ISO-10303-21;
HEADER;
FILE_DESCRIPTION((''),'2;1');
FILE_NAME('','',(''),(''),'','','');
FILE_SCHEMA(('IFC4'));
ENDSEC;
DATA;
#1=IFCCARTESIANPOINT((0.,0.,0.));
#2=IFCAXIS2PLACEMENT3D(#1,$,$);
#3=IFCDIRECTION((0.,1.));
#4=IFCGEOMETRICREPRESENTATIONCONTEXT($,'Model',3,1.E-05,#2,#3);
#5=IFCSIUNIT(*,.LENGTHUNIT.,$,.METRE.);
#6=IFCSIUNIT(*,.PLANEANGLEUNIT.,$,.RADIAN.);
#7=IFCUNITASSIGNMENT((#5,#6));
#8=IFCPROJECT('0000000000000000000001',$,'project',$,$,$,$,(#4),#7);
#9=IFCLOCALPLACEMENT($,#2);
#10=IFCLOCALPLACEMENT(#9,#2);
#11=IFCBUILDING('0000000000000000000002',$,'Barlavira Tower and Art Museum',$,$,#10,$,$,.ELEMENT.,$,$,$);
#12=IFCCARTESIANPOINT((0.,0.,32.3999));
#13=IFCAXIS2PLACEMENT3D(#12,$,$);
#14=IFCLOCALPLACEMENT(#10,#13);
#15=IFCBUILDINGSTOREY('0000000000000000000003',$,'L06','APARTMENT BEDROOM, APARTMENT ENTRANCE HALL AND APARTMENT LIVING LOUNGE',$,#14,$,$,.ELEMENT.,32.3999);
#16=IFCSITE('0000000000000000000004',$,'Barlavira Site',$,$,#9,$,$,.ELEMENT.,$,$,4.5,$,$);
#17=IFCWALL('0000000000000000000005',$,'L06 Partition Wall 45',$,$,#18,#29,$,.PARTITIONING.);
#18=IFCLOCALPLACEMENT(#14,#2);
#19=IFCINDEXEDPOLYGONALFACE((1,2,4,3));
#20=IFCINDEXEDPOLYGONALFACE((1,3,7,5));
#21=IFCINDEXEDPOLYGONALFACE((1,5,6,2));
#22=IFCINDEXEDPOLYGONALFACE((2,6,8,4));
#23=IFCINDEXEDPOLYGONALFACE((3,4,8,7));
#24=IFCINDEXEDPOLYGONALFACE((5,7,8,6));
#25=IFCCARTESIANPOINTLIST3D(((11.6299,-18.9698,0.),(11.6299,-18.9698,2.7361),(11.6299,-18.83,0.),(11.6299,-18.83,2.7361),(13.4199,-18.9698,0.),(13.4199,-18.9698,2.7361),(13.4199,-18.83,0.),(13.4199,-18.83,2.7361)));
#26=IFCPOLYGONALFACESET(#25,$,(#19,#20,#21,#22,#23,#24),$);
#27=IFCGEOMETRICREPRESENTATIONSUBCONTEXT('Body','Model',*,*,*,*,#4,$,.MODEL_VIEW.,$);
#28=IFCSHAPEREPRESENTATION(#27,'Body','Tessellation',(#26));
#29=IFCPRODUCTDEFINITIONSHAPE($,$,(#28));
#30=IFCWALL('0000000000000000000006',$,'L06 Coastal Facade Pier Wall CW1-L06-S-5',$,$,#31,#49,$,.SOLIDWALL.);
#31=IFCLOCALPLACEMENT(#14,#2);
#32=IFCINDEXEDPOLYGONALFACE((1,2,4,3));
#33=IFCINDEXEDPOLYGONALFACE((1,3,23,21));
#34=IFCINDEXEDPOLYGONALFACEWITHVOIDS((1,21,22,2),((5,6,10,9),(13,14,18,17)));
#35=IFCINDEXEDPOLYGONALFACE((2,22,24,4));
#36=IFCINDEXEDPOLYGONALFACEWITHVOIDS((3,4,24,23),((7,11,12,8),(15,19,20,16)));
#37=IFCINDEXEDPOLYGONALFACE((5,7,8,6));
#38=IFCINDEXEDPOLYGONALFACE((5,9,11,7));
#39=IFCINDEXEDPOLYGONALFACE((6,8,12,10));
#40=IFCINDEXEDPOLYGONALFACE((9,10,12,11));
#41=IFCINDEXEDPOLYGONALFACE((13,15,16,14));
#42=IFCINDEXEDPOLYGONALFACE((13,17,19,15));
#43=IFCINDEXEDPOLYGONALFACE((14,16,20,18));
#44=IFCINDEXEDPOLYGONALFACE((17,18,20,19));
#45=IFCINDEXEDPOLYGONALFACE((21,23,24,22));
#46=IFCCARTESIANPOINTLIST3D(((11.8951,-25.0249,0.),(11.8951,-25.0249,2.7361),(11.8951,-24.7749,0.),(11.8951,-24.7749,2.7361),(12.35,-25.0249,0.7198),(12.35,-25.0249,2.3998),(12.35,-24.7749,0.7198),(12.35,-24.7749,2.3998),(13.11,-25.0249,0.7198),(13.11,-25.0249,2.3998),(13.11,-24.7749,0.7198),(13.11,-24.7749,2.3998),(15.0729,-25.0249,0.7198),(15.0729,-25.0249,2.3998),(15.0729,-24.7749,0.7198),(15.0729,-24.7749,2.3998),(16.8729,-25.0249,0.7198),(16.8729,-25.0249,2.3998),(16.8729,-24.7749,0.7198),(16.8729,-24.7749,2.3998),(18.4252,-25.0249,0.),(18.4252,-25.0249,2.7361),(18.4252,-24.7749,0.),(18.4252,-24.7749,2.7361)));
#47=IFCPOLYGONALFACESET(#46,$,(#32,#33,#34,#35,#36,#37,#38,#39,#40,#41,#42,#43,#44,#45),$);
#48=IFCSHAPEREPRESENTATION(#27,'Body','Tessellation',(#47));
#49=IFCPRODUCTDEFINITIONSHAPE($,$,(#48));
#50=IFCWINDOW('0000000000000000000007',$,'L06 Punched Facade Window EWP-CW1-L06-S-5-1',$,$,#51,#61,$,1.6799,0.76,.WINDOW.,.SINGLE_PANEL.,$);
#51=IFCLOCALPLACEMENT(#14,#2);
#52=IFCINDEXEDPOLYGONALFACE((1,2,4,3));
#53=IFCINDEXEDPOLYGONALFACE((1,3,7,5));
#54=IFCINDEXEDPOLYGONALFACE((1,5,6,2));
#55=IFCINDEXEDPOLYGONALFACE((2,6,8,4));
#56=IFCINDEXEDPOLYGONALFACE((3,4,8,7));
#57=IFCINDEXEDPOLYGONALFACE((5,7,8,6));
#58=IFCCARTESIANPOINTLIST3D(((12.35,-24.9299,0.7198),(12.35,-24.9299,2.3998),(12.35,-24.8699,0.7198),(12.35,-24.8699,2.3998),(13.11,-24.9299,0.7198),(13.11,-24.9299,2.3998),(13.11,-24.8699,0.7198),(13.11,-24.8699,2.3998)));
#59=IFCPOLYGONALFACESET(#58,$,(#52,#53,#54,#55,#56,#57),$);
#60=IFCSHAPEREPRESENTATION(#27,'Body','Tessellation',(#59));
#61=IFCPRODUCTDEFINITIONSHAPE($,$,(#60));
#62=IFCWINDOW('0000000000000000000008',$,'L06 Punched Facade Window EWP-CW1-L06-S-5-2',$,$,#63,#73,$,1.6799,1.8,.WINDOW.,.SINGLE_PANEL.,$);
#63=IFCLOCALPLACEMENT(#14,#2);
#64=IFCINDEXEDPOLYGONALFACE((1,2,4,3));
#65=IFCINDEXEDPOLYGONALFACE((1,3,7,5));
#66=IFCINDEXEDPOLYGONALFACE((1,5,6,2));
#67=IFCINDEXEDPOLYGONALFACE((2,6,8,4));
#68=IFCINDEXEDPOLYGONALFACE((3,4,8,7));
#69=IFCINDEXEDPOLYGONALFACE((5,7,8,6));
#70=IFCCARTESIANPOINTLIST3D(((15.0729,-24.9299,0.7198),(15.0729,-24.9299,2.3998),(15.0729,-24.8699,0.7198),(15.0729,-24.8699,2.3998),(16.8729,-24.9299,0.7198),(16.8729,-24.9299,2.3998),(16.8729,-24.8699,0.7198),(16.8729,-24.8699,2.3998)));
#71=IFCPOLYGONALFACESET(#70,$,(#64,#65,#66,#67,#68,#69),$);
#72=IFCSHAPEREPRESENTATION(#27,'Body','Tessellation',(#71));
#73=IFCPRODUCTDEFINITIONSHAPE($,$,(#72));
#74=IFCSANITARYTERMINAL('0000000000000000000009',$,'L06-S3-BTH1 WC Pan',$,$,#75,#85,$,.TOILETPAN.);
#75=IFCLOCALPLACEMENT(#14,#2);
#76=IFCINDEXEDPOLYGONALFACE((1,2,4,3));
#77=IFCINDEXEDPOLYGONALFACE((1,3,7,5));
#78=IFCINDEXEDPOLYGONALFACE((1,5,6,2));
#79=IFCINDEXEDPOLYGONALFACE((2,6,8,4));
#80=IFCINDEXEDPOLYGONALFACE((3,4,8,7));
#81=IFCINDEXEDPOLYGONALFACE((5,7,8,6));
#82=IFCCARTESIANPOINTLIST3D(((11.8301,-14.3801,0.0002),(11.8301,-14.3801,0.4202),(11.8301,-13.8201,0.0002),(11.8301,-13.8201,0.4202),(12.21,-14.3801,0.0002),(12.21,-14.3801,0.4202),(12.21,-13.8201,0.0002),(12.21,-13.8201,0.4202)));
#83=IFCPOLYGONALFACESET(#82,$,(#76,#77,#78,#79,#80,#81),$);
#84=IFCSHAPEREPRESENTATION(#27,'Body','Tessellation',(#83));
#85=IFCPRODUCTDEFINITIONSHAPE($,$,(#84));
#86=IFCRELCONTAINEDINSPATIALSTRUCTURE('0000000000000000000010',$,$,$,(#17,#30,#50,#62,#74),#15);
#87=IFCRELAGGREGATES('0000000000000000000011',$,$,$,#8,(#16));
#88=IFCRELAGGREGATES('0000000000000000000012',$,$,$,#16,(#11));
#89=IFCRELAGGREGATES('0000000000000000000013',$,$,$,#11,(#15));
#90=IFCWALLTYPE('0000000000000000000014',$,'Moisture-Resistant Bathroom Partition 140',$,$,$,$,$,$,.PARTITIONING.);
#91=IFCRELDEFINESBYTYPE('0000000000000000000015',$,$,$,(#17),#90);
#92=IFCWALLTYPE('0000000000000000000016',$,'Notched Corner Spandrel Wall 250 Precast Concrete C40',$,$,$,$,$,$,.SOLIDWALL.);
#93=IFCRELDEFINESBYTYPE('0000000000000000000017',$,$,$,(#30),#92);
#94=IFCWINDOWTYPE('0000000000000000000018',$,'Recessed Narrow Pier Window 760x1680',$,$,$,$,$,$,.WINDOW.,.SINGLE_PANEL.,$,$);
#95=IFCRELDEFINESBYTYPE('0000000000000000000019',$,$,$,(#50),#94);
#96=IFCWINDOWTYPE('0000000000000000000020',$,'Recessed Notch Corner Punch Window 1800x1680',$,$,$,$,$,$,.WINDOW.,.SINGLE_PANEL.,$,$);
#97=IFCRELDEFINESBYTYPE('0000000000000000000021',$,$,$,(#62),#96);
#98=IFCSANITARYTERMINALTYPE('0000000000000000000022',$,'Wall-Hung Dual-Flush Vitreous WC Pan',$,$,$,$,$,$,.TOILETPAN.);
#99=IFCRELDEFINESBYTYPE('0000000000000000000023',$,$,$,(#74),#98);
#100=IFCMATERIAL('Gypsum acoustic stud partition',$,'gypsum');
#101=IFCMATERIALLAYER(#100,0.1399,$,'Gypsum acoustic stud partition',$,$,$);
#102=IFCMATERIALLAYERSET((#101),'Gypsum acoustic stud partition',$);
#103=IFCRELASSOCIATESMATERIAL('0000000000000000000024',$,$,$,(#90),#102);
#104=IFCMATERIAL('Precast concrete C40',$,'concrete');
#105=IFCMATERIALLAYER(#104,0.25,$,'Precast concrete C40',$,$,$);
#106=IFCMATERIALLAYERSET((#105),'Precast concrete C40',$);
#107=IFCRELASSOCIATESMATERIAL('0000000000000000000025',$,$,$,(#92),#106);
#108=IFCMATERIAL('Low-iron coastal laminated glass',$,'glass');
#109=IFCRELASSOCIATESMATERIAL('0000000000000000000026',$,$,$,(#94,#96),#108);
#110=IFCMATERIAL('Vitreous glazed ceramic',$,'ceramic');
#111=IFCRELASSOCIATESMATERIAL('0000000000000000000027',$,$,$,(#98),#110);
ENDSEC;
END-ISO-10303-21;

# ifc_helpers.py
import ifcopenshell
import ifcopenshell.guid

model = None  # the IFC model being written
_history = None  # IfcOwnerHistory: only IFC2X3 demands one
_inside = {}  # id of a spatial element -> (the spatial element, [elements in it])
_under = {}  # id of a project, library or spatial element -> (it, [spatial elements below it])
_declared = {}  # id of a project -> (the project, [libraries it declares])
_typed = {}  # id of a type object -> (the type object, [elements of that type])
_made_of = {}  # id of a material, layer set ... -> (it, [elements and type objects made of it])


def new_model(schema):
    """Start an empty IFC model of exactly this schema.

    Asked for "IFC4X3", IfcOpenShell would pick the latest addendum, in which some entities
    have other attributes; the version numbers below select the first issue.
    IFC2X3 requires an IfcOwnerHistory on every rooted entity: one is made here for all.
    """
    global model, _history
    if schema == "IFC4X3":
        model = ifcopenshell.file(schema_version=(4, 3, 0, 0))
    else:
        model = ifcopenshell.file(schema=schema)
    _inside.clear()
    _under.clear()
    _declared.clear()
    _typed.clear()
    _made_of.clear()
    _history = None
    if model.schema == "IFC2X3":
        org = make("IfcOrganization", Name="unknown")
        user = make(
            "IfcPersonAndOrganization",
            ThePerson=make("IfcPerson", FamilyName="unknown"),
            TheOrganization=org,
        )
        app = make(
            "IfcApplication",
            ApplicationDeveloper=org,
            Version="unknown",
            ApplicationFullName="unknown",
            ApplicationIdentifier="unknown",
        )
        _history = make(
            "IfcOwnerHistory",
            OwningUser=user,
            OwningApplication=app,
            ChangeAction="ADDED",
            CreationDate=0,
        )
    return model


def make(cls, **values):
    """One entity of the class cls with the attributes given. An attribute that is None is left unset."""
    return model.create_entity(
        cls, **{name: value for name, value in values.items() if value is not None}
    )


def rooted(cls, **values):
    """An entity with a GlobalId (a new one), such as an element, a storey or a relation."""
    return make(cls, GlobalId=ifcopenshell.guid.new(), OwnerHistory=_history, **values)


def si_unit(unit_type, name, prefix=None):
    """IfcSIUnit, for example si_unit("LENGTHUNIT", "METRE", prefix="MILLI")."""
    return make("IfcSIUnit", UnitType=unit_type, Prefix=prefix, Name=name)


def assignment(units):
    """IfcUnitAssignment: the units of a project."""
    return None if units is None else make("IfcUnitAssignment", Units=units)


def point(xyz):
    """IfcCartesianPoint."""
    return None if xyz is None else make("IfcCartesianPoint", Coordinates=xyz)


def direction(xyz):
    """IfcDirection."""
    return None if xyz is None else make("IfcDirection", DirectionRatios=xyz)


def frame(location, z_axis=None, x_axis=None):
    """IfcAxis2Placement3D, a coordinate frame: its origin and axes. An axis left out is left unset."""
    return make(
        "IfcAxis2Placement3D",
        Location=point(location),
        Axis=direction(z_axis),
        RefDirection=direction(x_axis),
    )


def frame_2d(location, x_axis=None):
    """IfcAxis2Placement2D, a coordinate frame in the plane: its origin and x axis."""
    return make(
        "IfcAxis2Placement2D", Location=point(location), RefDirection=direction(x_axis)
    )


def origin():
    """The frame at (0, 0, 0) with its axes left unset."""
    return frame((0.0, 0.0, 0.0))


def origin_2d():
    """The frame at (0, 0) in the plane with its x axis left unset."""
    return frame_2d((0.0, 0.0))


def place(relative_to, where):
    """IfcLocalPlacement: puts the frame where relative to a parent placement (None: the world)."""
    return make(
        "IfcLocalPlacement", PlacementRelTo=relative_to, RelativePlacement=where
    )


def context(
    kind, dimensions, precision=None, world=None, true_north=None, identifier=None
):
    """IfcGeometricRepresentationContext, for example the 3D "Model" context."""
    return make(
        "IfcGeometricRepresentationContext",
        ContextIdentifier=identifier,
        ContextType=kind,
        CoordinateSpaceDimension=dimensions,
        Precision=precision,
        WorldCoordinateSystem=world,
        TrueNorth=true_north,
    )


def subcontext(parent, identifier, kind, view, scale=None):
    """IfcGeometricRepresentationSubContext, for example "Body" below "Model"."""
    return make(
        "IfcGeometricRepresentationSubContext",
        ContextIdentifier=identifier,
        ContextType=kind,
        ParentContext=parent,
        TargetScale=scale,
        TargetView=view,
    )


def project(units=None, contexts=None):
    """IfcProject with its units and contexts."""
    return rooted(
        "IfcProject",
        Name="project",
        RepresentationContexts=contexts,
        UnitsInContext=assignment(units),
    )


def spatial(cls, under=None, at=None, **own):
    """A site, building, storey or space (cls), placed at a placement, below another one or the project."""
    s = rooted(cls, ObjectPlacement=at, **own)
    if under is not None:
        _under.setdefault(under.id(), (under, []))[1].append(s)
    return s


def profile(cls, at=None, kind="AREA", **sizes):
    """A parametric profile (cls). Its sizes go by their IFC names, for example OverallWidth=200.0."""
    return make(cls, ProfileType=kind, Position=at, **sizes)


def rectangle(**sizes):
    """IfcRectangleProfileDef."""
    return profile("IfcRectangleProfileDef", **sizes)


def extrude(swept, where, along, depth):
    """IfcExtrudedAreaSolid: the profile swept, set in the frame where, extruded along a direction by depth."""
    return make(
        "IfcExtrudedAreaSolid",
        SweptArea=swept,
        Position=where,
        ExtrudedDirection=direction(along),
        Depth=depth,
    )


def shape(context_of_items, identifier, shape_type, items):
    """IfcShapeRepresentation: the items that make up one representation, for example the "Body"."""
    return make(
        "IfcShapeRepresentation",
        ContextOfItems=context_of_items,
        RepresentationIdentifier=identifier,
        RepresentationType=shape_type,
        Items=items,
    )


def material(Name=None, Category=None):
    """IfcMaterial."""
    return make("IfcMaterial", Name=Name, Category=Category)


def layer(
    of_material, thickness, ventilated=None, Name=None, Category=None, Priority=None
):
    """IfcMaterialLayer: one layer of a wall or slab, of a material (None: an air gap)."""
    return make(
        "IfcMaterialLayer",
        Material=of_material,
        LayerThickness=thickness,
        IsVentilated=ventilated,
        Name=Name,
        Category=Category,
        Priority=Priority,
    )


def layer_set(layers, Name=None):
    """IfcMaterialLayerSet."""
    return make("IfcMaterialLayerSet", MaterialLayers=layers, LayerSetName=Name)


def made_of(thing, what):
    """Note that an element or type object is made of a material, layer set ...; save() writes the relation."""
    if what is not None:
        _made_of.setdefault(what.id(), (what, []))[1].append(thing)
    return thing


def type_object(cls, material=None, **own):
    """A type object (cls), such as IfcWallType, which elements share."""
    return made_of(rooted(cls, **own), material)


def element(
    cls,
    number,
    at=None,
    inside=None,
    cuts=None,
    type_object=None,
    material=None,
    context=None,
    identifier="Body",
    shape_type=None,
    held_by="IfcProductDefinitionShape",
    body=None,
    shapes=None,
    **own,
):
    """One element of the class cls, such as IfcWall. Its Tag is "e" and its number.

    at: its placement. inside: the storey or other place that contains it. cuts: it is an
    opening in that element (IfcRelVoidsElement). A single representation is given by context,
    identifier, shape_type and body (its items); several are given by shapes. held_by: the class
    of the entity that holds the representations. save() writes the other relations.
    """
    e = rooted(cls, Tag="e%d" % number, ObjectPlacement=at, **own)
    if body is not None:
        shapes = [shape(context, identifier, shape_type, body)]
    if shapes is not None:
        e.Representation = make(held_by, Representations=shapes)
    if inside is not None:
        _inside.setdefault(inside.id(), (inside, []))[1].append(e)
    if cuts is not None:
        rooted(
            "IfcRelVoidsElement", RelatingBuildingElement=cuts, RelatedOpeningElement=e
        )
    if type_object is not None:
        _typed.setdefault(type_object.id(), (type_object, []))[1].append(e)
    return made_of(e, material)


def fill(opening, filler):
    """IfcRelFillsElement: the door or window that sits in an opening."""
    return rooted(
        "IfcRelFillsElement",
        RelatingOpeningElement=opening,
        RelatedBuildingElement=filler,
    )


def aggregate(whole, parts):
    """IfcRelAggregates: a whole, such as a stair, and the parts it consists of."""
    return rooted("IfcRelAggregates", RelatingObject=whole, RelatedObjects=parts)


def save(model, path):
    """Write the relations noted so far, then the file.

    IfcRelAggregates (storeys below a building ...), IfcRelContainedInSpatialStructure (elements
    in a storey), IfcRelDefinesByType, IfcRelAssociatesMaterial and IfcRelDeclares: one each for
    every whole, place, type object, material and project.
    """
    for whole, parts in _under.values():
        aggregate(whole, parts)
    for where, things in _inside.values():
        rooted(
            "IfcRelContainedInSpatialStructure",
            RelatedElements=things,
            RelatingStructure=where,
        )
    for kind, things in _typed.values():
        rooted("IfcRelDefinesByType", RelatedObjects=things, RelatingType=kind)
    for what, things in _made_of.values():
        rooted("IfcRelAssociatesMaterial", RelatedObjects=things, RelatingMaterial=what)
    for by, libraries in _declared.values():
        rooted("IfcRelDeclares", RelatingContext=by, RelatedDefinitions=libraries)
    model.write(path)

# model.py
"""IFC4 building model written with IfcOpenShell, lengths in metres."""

from ifc_helpers import new_model, si_unit, direction, frame, frame_2d, origin, origin_2d, place, context, subcontext, project, spatial, rectangle, extrude, material, layer, layer_set, type_object, element, fill, save


model = new_model("IFC4")

# Units and contexts
model_context = context("Model", 3, precision=1e-05, world=origin(), true_north=direction((0.0, 1.0)))
body_context = subcontext(model_context, "Body", "Model", "MODEL_VIEW")
ifc_project = project(units=[si_unit("LENGTHUNIT", "METRE"), si_unit("PLANEANGLEUNIT", "RADIAN")], contexts=[model_context])

# Site, building, storey
site_placement = place(None, origin())
site = spatial("IfcSite", under=ifc_project, at=site_placement, Name="Barlavira Site", CompositionType="ELEMENT", RefElevation=4.5)
building_placement = place(site_placement, origin())
building = spatial("IfcBuilding", under=site, at=building_placement, Name="Barlavira Tower and Art Museum", CompositionType="ELEMENT")
storey_placement = place(building_placement, frame((0.0, 0.0, 32.3999)))
storey = spatial("IfcBuildingStorey", under=building, at=storey_placement, Name="L06", Description="APARTMENT BEDROOM, APARTMENT ENTRANCE HALL AND APARTMENT LIVING LOUNGE", CompositionType="ELEMENT", Elevation=32.3999)

# Shared definitions
ifc_material_1 = material(Name="Gypsum acoustic stud partition", Category="gypsum")
ifc_layer_1 = layer(ifc_material_1, 0.1399, Name="Gypsum acoustic stud partition")
ifc_layer_set_1 = layer_set([ifc_layer_1], Name="Gypsum acoustic stud partition")
wall_type_1 = type_object("IfcWallType", Name="Moisture-Resistant Bathroom Partition 140", PredefinedType="PARTITIONING", material=ifc_layer_set_1)

# Wall
wall_1_placement = place(storey_placement, frame((11.6299, -18.8999, 0.0), z_axis=(0.0, 0.0, 1.0), x_axis=(1.0, 0.0, 0.0)))
element("IfcWall", 1, at=wall_1_placement, inside=storey, type_object=wall_type_1, Name="L06 Partition Wall 45", PredefinedType="PARTITIONING", context=body_context, shape_type="SweptSolid", body=[
    extrude(rectangle(XDim=1.79, YDim=0.1399, at=frame_2d((0.895, 0.0))), origin(), (0.0, 0.0, 1.0), 2.7361),
])

# Wall, openings, windows
ifc_material_2 = material(Name="Precast concrete C40", Category="concrete")
ifc_layer_2 = layer(ifc_material_2, 0.25, Name="Precast concrete C40")
ifc_layer_set_2 = layer_set([ifc_layer_2], Name="Precast concrete C40")
wall_type_2 = type_object("IfcWallType", Name="Notched Corner Spandrel Wall 250 Precast Concrete C40", PredefinedType="SOLIDWALL", material=ifc_layer_set_2)
wall_2_placement = place(storey_placement, frame((11.895, -24.8999, 0.0), z_axis=(0.0, 0.0, 1.0), x_axis=(1.0, 0.0, 0.0)))
wall_2 = element("IfcWall", 2, at=wall_2_placement, inside=storey, type_object=wall_type_2, Name="L06 Coastal Facade Pier Wall CW1-L06-S-5", PredefinedType="SOLIDWALL", context=body_context, shape_type="SweptSolid", body=[
    extrude(rectangle(XDim=6.53, YDim=0.25, at=frame_2d((3.2651, 0.0))), origin(), (0.0, 0.0, 1.0), 2.7361),
])
opening_1_placement = place(wall_2_placement, frame((0.4551, 0.0, 0.72)))
opening_1 = element("IfcOpeningElement", 3, at=opening_1_placement, cuts=wall_2, PredefinedType="OPENING", context=body_context, shape_type="SweptSolid", body=[
    extrude(rectangle(XDim=0.76, YDim=1.6799, at=frame_2d((0.3799, 0.8398))), frame((0.0, 0.135, 0.0), z_axis=(0.0, -1.0, 0.0), x_axis=(1.0, 0.0, 0.0)), (0.0, 0.0, 1.0), 0.27),
])
opening_2_placement = place(wall_2_placement, frame((3.178, 0.0, 0.72)))
opening_2 = element("IfcOpeningElement", 4, at=opening_2_placement, cuts=wall_2, PredefinedType="OPENING", context=body_context, shape_type="SweptSolid", body=[
    extrude(rectangle(XDim=1.8, YDim=1.6799, at=frame_2d((0.8999, 0.8398))), frame((0.0, 0.135, 0.0), z_axis=(0.0, -1.0, 0.0), x_axis=(1.0, 0.0, 0.0)), (0.0, 0.0, 1.0), 0.27),
])
ifc_material_3 = material(Name="Low-iron coastal laminated glass", Category="glass")
window_type_1 = type_object("IfcWindowType", Name="Recessed Narrow Pier Window 760x1680", PartitioningType="SINGLE_PANEL", PredefinedType="WINDOW", material=ifc_material_3)
window_1_placement = place(opening_1_placement, origin())
window_1 = element("IfcWindow", 5, at=window_1_placement, inside=storey, type_object=window_type_1, Name="L06 Punched Facade Window EWP-CW1-L06-S-5-1", OverallHeight=1.6799, OverallWidth=0.76, PartitioningType="SINGLE_PANEL", PredefinedType="WINDOW", context=body_context, shape_type="SweptSolid", body=[
    extrude(rectangle(XDim=0.76, YDim=1.6799, at=frame_2d((0.3799, 0.8398))), frame((0.0, 0.03, 0.0), z_axis=(0.0, -1.0, 0.0), x_axis=(1.0, 0.0, 0.0)), (0.0, 0.0, 1.0), 0.0601),
])
fill(opening_1, window_1)
window_type_2 = type_object("IfcWindowType", Name="Recessed Notch Corner Punch Window 1800x1680", PartitioningType="SINGLE_PANEL", PredefinedType="WINDOW", material=ifc_material_3)
window_2_placement = place(opening_2_placement, origin())
window_2 = element("IfcWindow", 6, at=window_2_placement, inside=storey, type_object=window_type_2, Name="L06 Punched Facade Window EWP-CW1-L06-S-5-2", OverallHeight=1.6799, OverallWidth=1.8, PartitioningType="SINGLE_PANEL", PredefinedType="WINDOW", context=body_context, shape_type="SweptSolid", body=[
    extrude(rectangle(XDim=1.8, YDim=1.6799, at=frame_2d((0.8999, 0.8398))), frame((0.0, 0.03, 0.0), z_axis=(0.0, -1.0, 0.0), x_axis=(1.0, 0.0, 0.0)), (0.0, 0.0, 1.0), 0.0601),
])
fill(opening_2, window_2)

# Sanitary terminal
ifc_material_4 = material(Name="Vitreous glazed ceramic", Category="ceramic")
sanitary_terminal_type = type_object("IfcSanitaryTerminalType", Name="Wall-Hung Dual-Flush Vitreous WC Pan", PredefinedType="TOILETPAN", material=ifc_material_4)
sanitary_terminal_placement = place(storey_placement, frame((12.02, -14.1001, 0.0002), z_axis=(0.0, 0.0, 1.0), x_axis=(1.0, 0.0, 0.0)))
element("IfcSanitaryTerminal", 7, at=sanitary_terminal_placement, inside=storey, type_object=sanitary_terminal_type, Name="L06-S3-BTH1 WC Pan", PredefinedType="TOILETPAN", context=body_context, shape_type="SweptSolid", body=[
    extrude(rectangle(XDim=0.3799, YDim=0.5601, at=origin_2d()), origin(), (0.0, 0.0, 1.0), 0.4199),
])

save(model, "model.ifc")
